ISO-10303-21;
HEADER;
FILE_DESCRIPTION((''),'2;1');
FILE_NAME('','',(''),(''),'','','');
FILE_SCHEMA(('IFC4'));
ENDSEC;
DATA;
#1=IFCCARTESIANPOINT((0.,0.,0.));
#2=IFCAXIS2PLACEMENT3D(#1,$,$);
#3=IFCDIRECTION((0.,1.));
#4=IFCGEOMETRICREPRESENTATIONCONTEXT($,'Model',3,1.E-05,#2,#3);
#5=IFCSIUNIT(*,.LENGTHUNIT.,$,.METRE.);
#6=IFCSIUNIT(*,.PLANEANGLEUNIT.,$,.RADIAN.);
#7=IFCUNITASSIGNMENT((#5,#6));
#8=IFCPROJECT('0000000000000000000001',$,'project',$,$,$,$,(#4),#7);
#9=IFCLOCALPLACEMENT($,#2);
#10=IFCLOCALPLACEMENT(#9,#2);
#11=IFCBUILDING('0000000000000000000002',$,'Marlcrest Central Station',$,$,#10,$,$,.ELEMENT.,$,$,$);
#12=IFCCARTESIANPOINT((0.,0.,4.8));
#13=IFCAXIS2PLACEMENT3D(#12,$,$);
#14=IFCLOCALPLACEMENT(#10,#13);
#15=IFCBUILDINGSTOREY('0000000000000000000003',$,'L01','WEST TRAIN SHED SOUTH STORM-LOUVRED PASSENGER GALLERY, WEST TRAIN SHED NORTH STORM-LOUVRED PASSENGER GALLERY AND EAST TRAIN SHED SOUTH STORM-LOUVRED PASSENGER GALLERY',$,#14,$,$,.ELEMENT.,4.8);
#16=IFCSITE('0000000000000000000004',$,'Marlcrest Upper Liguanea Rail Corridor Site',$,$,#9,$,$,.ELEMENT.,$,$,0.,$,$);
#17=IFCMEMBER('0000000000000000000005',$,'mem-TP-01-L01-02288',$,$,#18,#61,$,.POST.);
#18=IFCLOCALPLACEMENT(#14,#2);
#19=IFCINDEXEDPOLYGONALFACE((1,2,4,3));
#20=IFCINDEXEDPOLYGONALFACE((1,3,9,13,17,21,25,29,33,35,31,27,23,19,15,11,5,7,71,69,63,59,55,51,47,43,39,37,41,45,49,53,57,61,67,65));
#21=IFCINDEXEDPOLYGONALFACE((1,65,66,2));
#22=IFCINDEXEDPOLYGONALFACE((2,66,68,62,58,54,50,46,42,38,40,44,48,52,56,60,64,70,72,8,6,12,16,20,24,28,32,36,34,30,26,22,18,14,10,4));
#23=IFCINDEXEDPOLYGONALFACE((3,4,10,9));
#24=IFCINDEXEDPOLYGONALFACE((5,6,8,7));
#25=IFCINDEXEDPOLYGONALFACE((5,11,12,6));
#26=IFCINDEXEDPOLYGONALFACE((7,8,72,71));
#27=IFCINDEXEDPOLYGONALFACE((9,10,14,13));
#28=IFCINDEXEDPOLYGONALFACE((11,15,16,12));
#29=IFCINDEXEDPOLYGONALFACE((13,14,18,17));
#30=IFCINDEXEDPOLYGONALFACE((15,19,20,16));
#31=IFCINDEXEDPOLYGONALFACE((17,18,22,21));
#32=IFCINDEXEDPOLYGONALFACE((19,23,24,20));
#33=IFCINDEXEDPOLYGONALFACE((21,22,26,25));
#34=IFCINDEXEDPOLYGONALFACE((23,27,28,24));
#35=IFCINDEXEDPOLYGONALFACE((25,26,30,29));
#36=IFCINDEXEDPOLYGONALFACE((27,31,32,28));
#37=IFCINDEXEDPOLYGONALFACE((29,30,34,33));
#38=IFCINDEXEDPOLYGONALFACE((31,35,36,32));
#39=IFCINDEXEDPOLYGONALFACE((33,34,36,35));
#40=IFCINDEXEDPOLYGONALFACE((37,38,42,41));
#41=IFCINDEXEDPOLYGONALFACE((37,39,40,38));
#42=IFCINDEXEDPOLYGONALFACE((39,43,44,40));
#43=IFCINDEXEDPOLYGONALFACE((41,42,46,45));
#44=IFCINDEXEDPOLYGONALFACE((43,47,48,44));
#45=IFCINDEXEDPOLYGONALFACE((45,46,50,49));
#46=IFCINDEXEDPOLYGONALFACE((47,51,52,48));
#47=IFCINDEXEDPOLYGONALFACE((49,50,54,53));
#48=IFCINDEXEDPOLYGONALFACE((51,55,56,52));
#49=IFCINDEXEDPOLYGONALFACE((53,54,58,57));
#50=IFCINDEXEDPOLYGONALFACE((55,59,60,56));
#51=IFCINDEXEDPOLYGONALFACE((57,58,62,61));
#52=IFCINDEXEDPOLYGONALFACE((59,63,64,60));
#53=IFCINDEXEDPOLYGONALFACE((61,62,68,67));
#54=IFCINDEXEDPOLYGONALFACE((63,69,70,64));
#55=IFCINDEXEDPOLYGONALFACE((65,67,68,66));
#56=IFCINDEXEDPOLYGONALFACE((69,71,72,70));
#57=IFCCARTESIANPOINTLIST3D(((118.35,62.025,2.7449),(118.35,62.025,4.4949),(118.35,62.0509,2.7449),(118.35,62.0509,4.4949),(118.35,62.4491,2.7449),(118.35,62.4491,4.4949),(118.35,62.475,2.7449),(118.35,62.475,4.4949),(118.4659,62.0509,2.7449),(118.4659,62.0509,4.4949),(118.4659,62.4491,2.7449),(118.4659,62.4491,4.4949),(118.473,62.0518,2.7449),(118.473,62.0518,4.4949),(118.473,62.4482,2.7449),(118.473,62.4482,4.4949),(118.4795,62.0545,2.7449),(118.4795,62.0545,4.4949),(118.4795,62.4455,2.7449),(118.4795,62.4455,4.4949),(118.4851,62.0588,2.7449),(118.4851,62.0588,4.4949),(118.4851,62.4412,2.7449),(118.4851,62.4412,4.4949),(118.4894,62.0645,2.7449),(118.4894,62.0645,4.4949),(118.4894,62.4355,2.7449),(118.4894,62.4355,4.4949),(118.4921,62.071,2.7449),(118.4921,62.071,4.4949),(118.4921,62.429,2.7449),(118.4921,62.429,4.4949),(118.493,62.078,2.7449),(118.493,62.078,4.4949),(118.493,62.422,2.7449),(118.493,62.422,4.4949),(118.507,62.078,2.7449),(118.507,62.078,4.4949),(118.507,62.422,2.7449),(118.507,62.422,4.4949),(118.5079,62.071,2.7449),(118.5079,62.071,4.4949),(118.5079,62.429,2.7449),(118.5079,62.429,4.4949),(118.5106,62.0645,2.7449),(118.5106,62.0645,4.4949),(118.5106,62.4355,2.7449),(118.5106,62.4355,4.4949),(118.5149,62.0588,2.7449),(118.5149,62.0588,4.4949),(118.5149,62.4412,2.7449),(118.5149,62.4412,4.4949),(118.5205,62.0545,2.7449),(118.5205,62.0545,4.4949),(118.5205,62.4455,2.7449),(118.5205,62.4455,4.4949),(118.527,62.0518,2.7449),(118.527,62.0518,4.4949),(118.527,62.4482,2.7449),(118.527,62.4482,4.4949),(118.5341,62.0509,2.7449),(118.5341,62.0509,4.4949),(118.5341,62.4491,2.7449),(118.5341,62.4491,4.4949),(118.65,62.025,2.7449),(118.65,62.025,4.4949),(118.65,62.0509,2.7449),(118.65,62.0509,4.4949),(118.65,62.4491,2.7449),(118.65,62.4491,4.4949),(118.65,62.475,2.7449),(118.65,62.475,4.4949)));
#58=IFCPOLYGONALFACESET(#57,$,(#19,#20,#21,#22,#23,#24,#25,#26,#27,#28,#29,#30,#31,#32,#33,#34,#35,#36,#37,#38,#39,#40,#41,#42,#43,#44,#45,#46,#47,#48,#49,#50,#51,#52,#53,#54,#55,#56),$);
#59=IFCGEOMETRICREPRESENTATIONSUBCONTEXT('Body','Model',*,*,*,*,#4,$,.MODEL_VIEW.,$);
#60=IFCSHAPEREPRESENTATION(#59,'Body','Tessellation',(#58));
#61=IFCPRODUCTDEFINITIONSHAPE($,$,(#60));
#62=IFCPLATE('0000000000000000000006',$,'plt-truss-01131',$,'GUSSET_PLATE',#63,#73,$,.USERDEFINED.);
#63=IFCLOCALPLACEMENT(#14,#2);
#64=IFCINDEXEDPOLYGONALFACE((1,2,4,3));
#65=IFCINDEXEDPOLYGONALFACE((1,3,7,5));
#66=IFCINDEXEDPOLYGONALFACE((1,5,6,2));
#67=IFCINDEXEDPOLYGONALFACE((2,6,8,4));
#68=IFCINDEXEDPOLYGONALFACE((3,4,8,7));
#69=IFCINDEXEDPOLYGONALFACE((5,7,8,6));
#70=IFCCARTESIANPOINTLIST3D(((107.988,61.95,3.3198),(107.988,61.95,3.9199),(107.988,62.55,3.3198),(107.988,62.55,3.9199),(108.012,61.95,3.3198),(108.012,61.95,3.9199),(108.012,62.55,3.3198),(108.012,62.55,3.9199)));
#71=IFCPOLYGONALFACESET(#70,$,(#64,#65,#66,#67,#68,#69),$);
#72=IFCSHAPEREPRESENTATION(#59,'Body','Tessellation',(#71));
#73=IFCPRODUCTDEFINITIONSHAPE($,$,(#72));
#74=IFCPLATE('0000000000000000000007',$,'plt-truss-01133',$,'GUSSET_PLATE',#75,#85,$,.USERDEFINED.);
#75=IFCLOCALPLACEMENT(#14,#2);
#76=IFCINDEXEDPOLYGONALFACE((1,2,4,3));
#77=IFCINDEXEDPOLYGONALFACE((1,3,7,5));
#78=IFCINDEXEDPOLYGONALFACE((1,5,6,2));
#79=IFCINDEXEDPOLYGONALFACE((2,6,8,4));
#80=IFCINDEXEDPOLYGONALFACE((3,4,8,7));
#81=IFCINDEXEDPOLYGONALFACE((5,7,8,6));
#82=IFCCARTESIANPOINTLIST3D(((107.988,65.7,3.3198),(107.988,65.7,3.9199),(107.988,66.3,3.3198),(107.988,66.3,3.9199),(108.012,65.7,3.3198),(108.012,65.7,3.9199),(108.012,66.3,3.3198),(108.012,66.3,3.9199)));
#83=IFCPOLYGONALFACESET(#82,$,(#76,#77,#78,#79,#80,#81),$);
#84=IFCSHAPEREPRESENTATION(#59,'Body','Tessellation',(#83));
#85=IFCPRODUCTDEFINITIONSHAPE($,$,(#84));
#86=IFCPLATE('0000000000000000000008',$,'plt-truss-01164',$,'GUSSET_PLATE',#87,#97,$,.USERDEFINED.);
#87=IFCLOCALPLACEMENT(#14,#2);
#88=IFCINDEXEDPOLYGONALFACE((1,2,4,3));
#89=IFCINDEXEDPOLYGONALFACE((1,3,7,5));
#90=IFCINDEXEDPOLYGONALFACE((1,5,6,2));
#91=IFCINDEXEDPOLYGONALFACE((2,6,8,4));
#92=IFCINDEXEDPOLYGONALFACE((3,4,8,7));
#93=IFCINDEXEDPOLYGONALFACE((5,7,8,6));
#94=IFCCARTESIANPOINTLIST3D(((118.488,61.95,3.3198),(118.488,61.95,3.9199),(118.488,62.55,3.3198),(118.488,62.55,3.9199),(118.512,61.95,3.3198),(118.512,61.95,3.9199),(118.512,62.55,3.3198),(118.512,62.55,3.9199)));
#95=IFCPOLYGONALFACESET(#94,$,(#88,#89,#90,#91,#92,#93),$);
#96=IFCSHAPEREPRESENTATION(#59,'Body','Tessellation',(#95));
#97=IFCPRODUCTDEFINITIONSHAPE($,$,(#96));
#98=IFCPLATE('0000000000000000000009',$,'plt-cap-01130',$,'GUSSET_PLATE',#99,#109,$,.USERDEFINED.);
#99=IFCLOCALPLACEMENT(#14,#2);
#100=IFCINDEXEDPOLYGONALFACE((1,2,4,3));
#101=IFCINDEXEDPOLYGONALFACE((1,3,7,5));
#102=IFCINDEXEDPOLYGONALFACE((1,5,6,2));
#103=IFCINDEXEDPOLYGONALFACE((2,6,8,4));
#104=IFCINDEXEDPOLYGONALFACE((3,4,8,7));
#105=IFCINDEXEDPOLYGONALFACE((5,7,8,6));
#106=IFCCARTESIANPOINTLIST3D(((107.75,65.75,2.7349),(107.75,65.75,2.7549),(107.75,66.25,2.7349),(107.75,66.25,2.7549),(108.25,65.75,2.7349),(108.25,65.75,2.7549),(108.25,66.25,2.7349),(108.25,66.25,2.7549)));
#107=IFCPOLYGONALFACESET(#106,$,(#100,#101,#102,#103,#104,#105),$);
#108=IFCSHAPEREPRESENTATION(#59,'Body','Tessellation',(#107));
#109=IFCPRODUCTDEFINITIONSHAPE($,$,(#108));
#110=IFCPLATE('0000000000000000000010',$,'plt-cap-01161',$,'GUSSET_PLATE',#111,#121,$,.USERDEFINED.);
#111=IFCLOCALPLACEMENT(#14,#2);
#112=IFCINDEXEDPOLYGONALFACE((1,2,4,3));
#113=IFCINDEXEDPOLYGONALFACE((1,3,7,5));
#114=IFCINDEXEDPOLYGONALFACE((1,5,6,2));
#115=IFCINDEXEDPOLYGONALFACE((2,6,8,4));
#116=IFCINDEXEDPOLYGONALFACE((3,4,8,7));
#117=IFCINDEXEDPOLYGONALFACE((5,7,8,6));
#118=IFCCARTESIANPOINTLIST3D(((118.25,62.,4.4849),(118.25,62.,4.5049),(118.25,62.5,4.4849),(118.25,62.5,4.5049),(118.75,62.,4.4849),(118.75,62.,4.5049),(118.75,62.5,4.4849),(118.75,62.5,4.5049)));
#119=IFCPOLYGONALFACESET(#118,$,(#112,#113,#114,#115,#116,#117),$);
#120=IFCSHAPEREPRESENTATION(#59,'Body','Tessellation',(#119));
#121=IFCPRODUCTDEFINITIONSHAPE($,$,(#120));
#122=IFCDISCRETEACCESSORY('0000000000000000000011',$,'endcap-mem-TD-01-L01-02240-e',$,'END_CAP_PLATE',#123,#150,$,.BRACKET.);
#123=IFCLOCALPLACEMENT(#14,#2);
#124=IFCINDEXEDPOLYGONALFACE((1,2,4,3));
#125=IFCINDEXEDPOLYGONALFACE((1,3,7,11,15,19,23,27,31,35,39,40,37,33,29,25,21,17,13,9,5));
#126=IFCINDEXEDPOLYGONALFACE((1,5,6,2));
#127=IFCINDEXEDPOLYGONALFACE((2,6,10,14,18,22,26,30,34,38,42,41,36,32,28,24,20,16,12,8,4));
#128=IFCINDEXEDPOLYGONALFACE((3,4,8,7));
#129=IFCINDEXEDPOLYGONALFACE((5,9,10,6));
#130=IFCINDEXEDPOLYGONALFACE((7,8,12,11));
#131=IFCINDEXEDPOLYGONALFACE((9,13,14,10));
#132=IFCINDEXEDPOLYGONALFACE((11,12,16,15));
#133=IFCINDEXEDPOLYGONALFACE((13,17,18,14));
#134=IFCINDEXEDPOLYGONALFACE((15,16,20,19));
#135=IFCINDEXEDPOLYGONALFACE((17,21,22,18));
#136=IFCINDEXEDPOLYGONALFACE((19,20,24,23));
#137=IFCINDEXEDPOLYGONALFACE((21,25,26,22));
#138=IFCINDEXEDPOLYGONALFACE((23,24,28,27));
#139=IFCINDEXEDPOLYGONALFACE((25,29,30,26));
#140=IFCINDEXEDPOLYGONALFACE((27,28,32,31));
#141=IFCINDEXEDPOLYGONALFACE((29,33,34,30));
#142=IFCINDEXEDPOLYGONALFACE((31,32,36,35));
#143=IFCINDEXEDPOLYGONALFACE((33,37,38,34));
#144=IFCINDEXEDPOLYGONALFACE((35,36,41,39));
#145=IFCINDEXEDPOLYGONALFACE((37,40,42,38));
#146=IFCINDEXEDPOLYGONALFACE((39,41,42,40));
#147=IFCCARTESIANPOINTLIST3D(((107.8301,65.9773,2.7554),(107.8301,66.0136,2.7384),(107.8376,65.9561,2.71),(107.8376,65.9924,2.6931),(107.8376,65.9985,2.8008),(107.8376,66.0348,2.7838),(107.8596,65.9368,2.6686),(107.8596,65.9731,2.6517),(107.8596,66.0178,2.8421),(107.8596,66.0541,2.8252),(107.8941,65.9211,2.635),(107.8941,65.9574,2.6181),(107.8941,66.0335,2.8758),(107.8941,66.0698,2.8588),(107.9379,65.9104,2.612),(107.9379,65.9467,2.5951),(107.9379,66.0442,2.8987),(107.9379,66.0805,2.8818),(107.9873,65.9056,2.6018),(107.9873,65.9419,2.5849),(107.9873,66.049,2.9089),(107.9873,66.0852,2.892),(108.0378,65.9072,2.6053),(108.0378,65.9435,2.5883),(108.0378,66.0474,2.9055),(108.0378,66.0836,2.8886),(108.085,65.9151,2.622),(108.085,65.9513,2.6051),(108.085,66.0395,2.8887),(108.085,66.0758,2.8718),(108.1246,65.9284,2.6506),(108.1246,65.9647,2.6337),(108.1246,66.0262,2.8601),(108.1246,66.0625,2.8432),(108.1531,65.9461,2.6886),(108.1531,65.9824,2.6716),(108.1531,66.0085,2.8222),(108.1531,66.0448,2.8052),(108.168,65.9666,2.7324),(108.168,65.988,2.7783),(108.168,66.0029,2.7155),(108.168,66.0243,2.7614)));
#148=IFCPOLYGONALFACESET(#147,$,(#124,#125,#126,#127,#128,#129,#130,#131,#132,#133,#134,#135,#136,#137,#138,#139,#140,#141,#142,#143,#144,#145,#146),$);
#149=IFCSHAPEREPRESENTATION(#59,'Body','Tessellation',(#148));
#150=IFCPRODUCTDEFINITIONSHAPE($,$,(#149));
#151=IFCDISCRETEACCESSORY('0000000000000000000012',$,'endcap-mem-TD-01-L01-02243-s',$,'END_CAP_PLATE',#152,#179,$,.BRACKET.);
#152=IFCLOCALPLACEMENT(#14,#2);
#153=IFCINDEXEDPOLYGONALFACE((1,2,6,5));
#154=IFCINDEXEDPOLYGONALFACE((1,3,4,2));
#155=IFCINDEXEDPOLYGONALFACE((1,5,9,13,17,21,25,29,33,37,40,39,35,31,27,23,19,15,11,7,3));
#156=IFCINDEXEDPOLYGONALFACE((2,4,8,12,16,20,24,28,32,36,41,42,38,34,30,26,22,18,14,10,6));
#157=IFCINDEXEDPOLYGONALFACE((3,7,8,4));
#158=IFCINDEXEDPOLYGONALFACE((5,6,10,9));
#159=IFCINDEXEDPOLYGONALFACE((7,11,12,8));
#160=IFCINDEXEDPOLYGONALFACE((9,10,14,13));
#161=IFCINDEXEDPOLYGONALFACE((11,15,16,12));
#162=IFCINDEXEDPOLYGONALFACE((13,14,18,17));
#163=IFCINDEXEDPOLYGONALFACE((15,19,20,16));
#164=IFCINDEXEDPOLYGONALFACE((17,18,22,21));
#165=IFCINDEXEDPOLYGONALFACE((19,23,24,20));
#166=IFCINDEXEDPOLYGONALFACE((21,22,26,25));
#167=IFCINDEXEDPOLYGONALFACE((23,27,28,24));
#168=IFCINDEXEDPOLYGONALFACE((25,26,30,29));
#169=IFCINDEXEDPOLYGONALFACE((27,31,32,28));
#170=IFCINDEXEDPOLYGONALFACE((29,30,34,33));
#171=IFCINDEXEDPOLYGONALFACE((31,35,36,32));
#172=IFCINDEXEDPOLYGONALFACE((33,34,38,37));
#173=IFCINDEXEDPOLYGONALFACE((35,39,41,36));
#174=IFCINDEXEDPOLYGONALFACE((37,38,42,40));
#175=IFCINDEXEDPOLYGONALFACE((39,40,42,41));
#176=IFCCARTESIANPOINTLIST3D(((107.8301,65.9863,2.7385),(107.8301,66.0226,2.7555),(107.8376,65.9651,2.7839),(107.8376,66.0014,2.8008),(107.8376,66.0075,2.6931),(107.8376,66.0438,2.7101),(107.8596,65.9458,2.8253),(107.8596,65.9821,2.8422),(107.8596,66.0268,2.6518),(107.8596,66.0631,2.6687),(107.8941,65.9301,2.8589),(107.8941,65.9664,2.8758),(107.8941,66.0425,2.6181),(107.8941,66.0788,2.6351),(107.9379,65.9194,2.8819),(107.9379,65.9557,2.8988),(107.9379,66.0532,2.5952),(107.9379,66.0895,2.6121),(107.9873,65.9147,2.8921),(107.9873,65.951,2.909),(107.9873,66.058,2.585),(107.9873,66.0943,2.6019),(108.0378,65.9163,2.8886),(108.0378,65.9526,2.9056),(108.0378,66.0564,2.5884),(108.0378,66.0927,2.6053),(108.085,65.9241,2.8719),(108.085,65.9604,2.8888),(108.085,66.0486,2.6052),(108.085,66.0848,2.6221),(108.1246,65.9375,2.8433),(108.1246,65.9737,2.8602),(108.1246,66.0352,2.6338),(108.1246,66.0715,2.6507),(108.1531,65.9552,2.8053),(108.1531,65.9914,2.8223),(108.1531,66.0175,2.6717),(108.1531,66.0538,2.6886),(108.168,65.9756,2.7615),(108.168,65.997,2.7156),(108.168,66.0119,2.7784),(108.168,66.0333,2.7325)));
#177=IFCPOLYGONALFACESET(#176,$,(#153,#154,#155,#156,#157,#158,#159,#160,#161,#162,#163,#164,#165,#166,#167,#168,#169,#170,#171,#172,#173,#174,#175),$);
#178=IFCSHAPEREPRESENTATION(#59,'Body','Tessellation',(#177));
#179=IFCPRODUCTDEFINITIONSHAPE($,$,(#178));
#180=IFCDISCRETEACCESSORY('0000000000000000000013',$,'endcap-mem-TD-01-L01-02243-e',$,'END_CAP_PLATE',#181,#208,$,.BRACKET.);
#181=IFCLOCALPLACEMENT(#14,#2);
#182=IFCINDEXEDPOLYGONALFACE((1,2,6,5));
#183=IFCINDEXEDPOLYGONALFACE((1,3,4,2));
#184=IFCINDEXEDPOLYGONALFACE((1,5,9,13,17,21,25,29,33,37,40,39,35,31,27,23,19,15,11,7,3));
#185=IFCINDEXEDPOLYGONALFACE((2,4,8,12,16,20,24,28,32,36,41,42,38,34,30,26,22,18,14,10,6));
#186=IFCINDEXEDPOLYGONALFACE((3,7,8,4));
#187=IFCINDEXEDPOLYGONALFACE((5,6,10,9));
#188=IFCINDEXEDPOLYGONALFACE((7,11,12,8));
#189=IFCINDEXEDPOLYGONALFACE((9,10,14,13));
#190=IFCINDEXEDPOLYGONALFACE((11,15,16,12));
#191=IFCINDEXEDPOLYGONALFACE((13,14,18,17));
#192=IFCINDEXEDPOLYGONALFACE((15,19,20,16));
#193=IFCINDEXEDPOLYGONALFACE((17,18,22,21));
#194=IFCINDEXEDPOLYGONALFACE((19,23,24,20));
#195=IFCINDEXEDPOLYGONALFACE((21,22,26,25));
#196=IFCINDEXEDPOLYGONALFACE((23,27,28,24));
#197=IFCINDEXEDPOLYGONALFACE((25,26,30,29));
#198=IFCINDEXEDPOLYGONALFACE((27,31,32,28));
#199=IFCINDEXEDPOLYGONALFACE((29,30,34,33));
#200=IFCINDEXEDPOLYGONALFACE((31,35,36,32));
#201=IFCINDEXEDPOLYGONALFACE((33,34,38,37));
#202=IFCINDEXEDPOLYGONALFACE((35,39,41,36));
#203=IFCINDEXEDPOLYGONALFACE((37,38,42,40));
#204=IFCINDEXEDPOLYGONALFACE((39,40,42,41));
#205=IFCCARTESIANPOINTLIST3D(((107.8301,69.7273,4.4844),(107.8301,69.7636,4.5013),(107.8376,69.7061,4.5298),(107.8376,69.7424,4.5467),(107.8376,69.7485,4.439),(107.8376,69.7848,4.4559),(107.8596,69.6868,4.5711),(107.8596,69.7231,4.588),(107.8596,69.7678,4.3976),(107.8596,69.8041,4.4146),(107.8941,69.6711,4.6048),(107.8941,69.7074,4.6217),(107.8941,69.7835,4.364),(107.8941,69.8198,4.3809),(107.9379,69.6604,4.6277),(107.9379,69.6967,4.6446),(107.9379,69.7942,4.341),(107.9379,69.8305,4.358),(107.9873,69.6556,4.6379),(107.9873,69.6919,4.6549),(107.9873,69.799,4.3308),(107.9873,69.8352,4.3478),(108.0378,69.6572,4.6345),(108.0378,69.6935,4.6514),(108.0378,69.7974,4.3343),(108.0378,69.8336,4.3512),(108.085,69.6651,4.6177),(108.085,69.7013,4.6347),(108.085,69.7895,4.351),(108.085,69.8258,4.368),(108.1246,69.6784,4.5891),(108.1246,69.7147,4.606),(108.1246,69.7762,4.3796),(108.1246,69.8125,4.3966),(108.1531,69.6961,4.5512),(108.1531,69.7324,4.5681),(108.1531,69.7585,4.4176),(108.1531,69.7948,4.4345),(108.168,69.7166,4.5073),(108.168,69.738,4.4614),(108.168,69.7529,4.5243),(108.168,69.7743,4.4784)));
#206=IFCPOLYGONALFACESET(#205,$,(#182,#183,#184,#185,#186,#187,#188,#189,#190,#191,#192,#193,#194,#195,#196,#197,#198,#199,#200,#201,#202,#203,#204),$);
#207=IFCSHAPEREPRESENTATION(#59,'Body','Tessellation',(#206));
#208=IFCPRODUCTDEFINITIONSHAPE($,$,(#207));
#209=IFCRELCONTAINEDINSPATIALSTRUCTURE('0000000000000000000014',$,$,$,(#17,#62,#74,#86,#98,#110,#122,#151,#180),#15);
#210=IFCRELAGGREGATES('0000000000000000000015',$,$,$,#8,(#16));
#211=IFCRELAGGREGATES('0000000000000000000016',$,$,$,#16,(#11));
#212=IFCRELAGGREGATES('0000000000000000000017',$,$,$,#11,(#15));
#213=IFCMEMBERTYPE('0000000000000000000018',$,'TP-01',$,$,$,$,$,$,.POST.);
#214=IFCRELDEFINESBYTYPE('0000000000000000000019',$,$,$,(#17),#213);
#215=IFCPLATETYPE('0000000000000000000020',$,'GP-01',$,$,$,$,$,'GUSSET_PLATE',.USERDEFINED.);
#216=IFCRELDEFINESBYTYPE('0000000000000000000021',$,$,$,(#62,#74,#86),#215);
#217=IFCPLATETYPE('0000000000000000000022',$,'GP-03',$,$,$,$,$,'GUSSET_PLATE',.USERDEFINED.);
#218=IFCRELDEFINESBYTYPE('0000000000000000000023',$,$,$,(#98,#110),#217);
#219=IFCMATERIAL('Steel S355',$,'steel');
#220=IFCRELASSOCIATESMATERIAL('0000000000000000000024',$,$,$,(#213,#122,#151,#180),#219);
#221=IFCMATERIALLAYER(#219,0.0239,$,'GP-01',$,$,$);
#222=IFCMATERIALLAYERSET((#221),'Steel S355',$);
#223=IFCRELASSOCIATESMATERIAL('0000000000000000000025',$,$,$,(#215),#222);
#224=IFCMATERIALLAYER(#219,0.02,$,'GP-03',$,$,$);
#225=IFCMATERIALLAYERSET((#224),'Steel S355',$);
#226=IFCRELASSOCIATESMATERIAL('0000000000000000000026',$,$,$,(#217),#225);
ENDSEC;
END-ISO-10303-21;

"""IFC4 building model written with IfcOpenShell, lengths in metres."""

from ifc_helpers import new_model, si_unit, direction, frame, origin, origin_2d, place, context, subcontext, project, spatial, rectangle, circle, i_section, extrude, material, layer, layer_set, material_profile, profile_set, type_object, element, save


model = new_model("IFC4")

# Units and contexts
model_context = context("Model", 3, precision=1e-05, world=origin(), true_north=direction((0.0, 1.0)))
body_context = subcontext(model_context, "Body", "Model", "MODEL_VIEW")
ifc_project = project(units=[si_unit("LENGTHUNIT", "METRE"), si_unit("PLANEANGLEUNIT", "RADIAN")], contexts=[model_context])

# Site, building, storey
site_placement = place(None, origin())
site = spatial("IfcSite", under=ifc_project, at=site_placement, Name="Marlcrest Upper Liguanea Rail Corridor Site", CompositionType="ELEMENT", RefElevation=0.0)
building_placement = place(site_placement, origin())
building = spatial("IfcBuilding", under=site, at=building_placement, Name="Marlcrest Central Station", CompositionType="ELEMENT")
storey_placement = place(building_placement, frame((0.0, 0.0, 4.8)))
storey = spatial("IfcBuildingStorey", under=building, at=storey_placement, Name="L01", Description="WEST TRAIN SHED SOUTH STORM-LOUVRED PASSENGER GALLERY, WEST TRAIN SHED NORTH STORM-LOUVRED PASSENGER GALLERY AND EAST TRAIN SHED SOUTH STORM-LOUVRED PASSENGER GALLERY", CompositionType="ELEMENT", Elevation=4.8)

# Shared definitions
ifc_material = material(Name="Steel S355", Category="steel")

# Member
ifc_material_profile_1 = material_profile(ifc_material, i_section(OverallWidth=0.3, OverallDepth=0.45, WebThickness=0.0139, FlangeThickness=0.0259, FilletRadius=0.0271, at=origin_2d()), Name="HEB 450")
ifc_profile_set_1 = profile_set([ifc_material_profile_1], Name="Steel S355")
member_type_1 = type_object("IfcMemberType", Name="TP-01", PredefinedType="POST", material=ifc_profile_set_1)
for number, where, z_axis, x_axis, name in (
    (1, (118.5, 62.25, 2.7449), (0.0, 0.0, 1.0), (1.0, 0.0, 0.0), "mem-TP-01-L01-02288"),
):
    element("IfcMember", number, at=place(storey_placement, frame(where, z_axis=z_axis, x_axis=x_axis)), inside=storey, type_object=member_type_1, Name=name, PredefinedType="POST", context=body_context, shape_type="SweptSolid", body=[
        extrude(i_section(OverallWidth=0.3, OverallDepth=0.45, WebThickness=0.0139, FlangeThickness=0.0259, FilletRadius=0.0271, at=origin_2d()), origin(), (0.0, 0.0, 1.0), 1.75),
    ])

# Plates
ifc_layer_1 = layer(ifc_material, 0.0239, Name="GP-01")
ifc_layer_set_1 = layer_set([ifc_layer_1], Name="Steel S355")
plate_type_1 = type_object("IfcPlateType", Name="GP-01", ElementType="GUSSET_PLATE", PredefinedType="USERDEFINED", material=ifc_layer_set_1)
for number, where, z_axis, x_axis, name in (
    (2, (108.0, 62.25, 3.3198), (0.0, 0.0, 1.0), (1.0, 0.0, 0.0), "plt-truss-01131"),
    (3, (108.0, 66.0, 3.3198), (0.0, 0.0, 1.0), (1.0, 0.0, 0.0), "plt-truss-01133"),
    (4, (118.5, 62.25, 3.3198), (0.0, 0.0, 1.0), (1.0, 0.0, 0.0), "plt-truss-01164"),
):
    element("IfcPlate", number, at=place(storey_placement, frame(where, z_axis=z_axis, x_axis=x_axis)), inside=storey, type_object=plate_type_1, Name=name, ObjectType="GUSSET_PLATE", PredefinedType="USERDEFINED", context=body_context, shape_type="SweptSolid", body=[
        extrude(rectangle(XDim=0.0239, YDim=0.6001, at=origin_2d()), origin(), (0.0, 0.0, 1.0), 0.6001),
    ])
ifc_layer_2 = layer(ifc_material, 0.02, Name="GP-03")
ifc_layer_set_2 = layer_set([ifc_layer_2], Name="Steel S355")
plate_type_2 = type_object("IfcPlateType", Name="GP-03", ElementType="GUSSET_PLATE", PredefinedType="USERDEFINED", material=ifc_layer_set_2)
for number, where, z_axis, x_axis, name in (
    (5, (108.0, 66.0, 2.7349), (0.0, 0.0, 1.0), (1.0, 0.0, 0.0), "plt-cap-01130"),
    (6, (118.5, 62.25, 4.4849), (0.0, 0.0, 1.0), (1.0, 0.0, 0.0), "plt-cap-01161"),
):
    element("IfcPlate", number, at=place(storey_placement, frame(where, z_axis=z_axis, x_axis=x_axis)), inside=storey, type_object=plate_type_2, Name=name, ObjectType="GUSSET_PLATE", PredefinedType="USERDEFINED", context=body_context, shape_type="SweptSolid", body=[
        extrude(rectangle(XDim=0.5, YDim=0.5, at=origin_2d()), origin(), (0.0, 0.0, 1.0), 0.02),
    ])

# Discrete accessories
for number, where, z_axis, x_axis, name in (
    (7, (108.0, 65.9773, 2.7554), (0.0, 0.906183, -0.422885), (-1.0, 0.0, 0.0), "endcap-mem-TD-01-L01-02240-e"),
    (8, (108.0, 65.9863, 2.7385), (0.0, 0.906183, 0.422885), (-1.0, 0.0, 0.0), "endcap-mem-TD-01-L01-02243-s"),
    (9, (108.0, 69.7273, 4.4844), (0.0, 0.906183, 0.422885), (-1.0, 0.0, 0.0), "endcap-mem-TD-01-L01-02243-e"),
):
    element("IfcDiscreteAccessory", number, at=place(storey_placement, frame(where, z_axis=z_axis, x_axis=x_axis)), inside=storey, material=ifc_material, Name=name, ObjectType="END_CAP_PLATE", PredefinedType="BRACKET", context=body_context, shape_type="SweptSolid", body=[
        extrude(circle(Radius=0.1699, at=origin_2d()), origin(), (0.0, 0.0, 1.0), 0.04),
    ])

save(model, "model.ifc")
